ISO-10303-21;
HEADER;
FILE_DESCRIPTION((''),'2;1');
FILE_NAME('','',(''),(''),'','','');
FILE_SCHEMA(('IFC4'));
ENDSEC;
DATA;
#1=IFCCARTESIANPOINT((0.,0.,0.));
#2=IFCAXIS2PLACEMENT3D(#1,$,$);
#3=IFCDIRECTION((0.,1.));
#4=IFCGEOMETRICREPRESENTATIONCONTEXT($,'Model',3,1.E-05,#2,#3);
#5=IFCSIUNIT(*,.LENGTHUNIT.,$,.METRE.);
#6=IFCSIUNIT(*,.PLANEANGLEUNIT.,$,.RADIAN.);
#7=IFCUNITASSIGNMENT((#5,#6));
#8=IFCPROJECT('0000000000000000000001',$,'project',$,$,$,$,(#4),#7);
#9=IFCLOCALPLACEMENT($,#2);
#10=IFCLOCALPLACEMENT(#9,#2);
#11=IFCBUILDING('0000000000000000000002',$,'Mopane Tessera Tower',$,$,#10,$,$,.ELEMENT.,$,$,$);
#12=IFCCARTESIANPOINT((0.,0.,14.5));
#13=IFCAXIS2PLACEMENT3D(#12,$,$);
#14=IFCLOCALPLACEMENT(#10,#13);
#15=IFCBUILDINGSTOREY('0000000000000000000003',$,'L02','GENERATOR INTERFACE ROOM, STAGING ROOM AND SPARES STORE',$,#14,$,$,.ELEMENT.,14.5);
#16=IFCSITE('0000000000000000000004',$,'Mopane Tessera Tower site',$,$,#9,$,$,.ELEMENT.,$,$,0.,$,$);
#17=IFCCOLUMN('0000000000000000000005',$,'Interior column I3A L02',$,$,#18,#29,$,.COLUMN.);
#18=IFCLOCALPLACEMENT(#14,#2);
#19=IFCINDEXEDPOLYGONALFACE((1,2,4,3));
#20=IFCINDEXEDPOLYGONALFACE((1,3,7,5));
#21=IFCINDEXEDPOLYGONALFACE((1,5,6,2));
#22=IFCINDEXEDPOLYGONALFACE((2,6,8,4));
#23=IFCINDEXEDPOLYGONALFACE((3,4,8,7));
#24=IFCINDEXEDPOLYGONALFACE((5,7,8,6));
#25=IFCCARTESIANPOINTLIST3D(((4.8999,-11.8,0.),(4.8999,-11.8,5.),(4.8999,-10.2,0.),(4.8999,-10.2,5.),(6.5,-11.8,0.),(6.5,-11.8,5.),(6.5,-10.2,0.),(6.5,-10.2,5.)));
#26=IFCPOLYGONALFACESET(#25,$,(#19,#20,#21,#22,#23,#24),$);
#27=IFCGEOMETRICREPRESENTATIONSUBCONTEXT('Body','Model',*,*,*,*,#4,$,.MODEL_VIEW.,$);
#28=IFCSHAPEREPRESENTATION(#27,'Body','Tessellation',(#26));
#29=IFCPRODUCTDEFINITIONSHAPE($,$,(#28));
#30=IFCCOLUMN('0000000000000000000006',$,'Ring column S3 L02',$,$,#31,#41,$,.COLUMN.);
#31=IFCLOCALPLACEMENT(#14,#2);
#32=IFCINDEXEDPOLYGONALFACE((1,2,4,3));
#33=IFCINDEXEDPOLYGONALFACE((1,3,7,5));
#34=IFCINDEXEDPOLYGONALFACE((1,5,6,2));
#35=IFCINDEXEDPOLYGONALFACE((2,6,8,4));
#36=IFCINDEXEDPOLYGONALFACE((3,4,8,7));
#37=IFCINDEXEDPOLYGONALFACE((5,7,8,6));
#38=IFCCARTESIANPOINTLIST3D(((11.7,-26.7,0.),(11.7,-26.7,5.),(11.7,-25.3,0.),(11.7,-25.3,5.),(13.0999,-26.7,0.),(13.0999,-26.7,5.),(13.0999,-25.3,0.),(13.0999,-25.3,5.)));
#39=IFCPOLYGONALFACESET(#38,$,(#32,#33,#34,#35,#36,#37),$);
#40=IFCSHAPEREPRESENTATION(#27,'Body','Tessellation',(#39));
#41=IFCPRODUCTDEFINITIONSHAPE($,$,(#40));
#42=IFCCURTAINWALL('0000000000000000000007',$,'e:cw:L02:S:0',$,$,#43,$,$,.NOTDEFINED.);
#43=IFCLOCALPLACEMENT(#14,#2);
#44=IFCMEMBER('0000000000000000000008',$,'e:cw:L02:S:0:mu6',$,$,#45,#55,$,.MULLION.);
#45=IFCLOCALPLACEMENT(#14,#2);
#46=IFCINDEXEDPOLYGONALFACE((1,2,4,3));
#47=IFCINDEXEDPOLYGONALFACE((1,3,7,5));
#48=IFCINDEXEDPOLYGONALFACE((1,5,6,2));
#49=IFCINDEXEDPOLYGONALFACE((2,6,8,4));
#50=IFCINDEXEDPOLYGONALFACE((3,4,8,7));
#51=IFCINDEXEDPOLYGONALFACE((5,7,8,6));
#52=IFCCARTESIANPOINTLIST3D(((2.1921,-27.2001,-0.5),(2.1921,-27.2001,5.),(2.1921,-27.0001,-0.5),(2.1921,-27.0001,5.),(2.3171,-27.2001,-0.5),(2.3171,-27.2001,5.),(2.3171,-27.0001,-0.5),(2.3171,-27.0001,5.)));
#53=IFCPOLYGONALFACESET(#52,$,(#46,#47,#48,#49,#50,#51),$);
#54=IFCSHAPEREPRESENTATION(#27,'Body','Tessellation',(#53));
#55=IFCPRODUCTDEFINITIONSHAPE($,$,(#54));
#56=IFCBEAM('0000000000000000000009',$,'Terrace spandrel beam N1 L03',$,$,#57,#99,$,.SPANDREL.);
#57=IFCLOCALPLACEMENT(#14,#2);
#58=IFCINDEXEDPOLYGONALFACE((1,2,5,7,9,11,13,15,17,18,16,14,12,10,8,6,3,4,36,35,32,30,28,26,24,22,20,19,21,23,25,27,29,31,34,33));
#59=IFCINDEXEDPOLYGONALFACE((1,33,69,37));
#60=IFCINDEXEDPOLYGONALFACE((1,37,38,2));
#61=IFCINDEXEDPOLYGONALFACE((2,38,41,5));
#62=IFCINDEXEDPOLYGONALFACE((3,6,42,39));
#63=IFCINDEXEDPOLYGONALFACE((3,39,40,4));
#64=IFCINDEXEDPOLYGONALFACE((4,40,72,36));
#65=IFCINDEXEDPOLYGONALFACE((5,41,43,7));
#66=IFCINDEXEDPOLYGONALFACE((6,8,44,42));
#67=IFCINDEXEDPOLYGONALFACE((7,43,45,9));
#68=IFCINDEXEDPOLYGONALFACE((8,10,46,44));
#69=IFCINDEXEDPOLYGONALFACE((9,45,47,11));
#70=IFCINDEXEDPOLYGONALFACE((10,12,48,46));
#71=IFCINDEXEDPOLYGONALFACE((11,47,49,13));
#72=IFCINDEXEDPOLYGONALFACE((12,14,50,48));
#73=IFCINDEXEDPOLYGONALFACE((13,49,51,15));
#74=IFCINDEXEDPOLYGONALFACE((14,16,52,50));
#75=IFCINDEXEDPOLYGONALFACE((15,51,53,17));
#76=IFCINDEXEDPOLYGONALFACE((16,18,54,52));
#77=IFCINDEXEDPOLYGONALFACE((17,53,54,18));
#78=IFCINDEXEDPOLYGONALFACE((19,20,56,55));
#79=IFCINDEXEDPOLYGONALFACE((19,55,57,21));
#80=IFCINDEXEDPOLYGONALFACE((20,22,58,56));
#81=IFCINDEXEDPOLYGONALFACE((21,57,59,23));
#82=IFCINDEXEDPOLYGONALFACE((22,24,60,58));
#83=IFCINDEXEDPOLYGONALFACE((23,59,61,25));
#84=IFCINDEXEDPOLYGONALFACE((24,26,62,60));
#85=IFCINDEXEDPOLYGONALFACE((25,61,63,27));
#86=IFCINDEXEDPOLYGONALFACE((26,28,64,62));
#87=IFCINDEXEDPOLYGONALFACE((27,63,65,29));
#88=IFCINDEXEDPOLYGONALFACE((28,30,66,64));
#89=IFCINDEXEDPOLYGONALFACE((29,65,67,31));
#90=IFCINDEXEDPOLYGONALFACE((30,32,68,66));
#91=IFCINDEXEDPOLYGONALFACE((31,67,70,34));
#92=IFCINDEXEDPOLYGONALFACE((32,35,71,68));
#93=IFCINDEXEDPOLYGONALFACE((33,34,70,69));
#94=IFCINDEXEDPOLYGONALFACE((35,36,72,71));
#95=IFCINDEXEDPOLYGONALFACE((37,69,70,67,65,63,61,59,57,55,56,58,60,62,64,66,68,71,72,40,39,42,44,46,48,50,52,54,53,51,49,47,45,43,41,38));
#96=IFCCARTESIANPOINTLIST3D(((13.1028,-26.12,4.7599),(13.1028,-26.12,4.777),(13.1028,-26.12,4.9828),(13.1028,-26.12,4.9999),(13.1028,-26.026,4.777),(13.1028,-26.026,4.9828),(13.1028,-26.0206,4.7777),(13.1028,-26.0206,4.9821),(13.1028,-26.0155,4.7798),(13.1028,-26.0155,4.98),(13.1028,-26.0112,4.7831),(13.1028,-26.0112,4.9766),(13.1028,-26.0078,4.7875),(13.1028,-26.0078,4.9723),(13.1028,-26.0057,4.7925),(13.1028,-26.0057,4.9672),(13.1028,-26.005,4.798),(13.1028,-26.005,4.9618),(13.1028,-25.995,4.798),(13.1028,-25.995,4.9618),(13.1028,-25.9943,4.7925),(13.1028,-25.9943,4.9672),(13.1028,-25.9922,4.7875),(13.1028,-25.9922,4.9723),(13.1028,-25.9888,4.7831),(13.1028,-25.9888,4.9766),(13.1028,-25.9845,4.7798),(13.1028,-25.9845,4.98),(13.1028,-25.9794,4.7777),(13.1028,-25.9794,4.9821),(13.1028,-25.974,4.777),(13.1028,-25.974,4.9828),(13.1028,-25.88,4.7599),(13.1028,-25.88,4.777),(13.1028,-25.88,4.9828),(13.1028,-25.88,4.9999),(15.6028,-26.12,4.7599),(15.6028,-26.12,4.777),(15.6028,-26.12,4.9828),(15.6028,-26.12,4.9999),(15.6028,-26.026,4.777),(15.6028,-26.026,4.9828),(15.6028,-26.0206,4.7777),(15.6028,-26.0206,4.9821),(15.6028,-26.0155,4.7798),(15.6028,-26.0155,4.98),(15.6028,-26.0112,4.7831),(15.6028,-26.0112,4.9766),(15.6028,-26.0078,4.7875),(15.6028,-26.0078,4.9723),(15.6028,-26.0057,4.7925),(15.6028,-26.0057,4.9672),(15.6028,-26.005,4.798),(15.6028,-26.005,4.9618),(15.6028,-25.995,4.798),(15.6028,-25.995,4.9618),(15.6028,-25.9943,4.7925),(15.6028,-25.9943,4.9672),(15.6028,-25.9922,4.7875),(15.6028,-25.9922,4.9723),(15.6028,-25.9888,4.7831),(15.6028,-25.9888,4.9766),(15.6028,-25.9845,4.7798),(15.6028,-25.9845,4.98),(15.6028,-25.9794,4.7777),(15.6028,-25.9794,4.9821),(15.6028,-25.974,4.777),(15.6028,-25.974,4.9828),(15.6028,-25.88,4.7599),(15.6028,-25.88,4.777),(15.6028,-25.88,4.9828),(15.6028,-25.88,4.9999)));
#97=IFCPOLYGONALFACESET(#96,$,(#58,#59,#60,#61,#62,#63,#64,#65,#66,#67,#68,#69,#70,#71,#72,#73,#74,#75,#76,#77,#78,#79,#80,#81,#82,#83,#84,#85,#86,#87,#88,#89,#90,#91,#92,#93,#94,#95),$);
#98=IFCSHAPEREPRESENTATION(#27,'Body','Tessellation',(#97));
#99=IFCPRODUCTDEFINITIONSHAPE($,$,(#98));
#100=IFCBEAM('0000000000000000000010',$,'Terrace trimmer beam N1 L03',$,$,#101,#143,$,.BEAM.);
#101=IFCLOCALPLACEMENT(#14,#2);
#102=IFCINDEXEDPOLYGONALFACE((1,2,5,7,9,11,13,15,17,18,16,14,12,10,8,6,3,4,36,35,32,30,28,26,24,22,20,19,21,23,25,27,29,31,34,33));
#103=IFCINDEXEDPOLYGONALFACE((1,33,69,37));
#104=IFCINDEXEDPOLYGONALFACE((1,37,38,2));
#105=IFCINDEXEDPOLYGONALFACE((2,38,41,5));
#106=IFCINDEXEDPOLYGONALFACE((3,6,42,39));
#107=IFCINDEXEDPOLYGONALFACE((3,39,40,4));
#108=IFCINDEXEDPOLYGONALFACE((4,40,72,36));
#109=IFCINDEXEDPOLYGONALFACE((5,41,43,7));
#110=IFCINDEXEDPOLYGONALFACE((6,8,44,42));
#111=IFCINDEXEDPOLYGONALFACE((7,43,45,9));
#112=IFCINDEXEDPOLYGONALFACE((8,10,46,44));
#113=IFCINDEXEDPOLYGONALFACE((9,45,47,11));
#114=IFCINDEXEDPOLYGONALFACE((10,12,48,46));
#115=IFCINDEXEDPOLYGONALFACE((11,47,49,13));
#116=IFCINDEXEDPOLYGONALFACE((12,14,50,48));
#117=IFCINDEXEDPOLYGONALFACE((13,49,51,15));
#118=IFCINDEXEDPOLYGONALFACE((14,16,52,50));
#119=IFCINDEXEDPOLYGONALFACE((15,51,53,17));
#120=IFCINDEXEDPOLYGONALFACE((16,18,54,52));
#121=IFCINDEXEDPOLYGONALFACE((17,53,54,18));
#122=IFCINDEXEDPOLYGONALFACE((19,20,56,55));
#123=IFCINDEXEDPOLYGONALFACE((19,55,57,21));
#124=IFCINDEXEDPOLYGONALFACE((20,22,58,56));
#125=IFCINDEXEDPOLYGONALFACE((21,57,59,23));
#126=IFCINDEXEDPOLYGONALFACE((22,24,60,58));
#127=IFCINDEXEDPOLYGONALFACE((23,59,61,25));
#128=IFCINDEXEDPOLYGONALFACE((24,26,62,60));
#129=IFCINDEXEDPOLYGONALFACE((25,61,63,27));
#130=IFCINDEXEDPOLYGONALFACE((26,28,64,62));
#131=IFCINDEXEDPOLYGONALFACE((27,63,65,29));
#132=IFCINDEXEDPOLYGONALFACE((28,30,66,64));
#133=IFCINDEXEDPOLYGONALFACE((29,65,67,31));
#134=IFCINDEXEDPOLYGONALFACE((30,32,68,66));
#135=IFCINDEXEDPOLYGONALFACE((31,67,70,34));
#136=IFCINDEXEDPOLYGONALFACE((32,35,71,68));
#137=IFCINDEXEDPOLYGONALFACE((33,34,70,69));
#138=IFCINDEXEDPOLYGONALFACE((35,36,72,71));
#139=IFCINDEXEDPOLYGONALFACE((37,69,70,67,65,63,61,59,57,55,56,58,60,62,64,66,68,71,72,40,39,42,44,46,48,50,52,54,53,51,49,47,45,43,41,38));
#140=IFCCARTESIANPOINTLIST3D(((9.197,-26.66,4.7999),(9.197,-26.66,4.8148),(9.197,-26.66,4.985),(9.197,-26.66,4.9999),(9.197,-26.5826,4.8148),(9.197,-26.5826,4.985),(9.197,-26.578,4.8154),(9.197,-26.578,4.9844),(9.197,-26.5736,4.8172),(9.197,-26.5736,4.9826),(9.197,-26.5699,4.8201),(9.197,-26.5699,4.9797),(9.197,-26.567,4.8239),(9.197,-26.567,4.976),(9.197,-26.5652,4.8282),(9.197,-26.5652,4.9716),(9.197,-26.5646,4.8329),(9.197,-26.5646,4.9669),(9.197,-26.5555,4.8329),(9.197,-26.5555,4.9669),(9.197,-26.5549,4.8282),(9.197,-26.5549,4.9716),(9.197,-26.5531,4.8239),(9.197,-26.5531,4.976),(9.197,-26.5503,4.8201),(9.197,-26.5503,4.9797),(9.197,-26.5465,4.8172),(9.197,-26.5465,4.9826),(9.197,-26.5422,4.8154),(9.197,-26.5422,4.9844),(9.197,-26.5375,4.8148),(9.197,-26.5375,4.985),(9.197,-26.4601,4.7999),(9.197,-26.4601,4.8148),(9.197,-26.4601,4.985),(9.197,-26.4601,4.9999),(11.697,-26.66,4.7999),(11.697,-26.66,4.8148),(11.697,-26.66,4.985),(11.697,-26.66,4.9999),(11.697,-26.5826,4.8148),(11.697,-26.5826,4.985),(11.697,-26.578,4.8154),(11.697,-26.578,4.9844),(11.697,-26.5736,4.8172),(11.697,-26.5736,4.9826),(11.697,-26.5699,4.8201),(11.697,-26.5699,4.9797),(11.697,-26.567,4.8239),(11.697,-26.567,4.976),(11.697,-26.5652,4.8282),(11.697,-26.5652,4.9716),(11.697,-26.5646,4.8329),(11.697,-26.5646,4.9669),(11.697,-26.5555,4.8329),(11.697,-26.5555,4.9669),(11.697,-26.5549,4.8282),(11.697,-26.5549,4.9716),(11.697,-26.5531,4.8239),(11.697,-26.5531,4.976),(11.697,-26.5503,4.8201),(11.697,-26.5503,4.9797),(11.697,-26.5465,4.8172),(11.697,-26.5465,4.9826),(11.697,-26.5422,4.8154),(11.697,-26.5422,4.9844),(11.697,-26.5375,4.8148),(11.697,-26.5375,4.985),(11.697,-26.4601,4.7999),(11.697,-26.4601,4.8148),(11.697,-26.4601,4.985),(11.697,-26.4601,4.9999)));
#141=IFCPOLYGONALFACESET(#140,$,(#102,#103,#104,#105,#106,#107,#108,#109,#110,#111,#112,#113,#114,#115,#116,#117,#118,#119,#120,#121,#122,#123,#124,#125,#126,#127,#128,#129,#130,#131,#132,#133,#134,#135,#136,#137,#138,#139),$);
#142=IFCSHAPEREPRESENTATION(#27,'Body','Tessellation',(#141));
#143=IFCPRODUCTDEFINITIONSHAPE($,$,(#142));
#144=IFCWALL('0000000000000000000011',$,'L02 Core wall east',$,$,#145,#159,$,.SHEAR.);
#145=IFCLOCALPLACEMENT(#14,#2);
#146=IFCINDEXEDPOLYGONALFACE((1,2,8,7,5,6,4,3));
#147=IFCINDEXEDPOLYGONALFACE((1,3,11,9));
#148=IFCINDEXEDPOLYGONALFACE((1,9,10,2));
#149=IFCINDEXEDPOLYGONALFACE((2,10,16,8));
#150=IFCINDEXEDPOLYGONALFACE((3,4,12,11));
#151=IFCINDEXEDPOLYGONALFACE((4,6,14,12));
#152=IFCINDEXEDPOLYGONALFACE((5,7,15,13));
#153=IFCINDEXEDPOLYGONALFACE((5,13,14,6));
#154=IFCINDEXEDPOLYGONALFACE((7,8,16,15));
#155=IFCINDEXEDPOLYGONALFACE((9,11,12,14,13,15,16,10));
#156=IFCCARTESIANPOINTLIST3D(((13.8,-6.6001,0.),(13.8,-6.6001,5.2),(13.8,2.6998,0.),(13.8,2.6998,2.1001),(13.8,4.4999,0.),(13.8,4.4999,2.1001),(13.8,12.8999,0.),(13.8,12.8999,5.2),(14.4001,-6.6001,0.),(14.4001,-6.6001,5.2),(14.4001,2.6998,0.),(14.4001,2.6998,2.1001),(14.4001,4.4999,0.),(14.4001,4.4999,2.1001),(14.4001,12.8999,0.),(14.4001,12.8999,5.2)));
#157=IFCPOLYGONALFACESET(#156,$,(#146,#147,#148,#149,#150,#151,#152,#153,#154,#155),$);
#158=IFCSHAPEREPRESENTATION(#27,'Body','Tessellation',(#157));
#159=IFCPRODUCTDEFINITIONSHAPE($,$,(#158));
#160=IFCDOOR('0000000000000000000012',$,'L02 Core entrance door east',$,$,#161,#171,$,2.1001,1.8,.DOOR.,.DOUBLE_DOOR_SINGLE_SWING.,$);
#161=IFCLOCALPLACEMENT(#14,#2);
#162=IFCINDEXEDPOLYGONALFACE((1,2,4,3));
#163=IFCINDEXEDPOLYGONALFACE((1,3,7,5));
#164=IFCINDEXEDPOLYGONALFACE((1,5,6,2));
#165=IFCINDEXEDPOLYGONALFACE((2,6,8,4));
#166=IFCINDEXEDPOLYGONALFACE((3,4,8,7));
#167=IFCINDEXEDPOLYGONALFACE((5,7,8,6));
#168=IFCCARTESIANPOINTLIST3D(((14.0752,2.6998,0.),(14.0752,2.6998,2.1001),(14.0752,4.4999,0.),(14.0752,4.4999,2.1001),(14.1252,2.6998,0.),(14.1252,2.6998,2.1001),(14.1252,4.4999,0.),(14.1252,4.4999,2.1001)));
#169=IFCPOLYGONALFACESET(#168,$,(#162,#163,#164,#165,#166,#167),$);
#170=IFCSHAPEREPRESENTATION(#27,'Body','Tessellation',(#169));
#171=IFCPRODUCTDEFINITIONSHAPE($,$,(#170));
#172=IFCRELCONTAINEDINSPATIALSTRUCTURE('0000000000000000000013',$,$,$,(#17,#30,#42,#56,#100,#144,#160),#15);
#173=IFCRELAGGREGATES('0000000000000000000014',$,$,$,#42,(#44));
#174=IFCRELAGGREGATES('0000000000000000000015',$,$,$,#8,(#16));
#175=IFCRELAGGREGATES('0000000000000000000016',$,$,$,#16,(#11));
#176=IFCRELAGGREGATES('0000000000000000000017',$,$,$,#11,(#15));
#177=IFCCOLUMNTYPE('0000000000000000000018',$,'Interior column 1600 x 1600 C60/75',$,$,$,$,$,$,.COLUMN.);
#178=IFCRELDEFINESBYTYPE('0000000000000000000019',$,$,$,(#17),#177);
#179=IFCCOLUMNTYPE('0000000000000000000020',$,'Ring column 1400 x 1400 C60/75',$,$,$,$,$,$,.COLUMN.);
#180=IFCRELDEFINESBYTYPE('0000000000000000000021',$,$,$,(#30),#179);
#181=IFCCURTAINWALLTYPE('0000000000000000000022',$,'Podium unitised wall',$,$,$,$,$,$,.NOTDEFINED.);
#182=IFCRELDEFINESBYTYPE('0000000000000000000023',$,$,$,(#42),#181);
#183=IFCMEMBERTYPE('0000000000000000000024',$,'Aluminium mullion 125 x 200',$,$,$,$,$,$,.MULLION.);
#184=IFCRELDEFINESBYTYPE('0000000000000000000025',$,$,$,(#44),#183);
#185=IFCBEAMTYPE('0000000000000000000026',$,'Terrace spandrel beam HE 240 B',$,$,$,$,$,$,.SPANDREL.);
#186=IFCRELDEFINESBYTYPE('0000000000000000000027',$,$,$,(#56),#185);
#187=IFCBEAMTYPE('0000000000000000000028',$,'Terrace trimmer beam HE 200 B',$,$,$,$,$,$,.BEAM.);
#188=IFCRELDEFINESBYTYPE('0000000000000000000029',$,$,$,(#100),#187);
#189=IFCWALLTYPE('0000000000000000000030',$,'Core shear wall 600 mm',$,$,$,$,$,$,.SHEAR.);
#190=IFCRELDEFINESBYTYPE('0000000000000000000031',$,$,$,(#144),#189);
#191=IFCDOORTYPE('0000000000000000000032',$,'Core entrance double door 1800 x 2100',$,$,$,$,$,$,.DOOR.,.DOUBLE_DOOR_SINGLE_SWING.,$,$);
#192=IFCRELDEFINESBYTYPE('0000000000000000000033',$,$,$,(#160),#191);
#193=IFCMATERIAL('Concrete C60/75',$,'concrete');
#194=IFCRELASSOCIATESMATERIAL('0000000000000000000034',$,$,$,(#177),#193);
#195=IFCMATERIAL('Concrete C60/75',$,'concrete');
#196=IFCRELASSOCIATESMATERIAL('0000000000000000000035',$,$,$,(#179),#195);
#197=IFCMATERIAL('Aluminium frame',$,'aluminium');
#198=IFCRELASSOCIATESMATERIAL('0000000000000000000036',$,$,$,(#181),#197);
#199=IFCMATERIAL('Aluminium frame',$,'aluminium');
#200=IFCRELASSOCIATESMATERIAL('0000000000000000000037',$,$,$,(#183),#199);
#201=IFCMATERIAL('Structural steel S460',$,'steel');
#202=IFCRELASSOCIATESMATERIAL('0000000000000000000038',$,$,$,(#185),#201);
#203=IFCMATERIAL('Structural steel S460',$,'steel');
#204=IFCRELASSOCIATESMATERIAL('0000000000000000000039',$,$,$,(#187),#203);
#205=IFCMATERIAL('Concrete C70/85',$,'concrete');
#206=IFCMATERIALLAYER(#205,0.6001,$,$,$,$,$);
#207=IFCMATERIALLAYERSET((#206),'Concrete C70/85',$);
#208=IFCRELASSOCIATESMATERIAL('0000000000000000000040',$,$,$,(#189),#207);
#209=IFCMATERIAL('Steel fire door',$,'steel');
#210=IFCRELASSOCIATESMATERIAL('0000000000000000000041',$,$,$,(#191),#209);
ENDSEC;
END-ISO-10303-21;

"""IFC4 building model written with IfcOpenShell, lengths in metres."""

from ifc_helpers import new_model, si_unit, direction, frame, frame_2d, origin, origin_2d, place, context, subcontext, project, spatial, rectangle, i_section, extrude, material, layer, layer_set, material_profile, profile_set, type_object, element, fill, aggregate, save


model = new_model("IFC4")

# Units and contexts
model_context = context("Model", 3, precision=1e-05, world=origin(), true_north=direction((0.0, 1.0)))
body_context = subcontext(model_context, "Body", "Model", "MODEL_VIEW")
ifc_project = project(units=[si_unit("LENGTHUNIT", "METRE"), si_unit("PLANEANGLEUNIT", "RADIAN")], contexts=[model_context])

# Site, building, storey
site_placement = place(None, origin())
site = spatial("IfcSite", under=ifc_project, at=site_placement, Name="Mopane Tessera Tower site", CompositionType="ELEMENT", RefElevation=0.0)
building_placement = place(site_placement, origin())
building = spatial("IfcBuilding", under=site, at=building_placement, Name="Mopane Tessera Tower", CompositionType="ELEMENT")
storey_placement = place(building_placement, frame((0.0, 0.0, 14.5)))
storey = spatial("IfcBuildingStorey", under=building, at=storey_placement, Name="L02", Description="GENERATOR INTERFACE ROOM, STAGING ROOM AND SPARES STORE", CompositionType="ELEMENT", Elevation=14.5)

# Columns
ifc_material_1 = material(Name="Concrete C60/75", Category="concrete")
ifc_material_profile_1 = material_profile(ifc_material_1, rectangle(XDim=1.6001, YDim=1.6001, at=origin_2d()))
ifc_profile_set_1 = profile_set([ifc_material_profile_1], Name="Concrete C60/75")
column_type_1 = type_object("IfcColumnType", Name="Interior column 1600 x 1600 C60/75", PredefinedType="COLUMN", material=ifc_profile_set_1)
column_1_placement = place(storey_placement, frame((5.7, -11.0, 0.0), z_axis=(0.0, 0.0, 1.0), x_axis=(1.0, 0.0, 0.0)))
element("IfcColumn", 1, at=column_1_placement, inside=storey, type_object=column_type_1, Name="Interior column I3A L02", PredefinedType="COLUMN", context=body_context, shape_type="SweptSolid", body=[
    extrude(rectangle(XDim=1.6001, YDim=1.6001, at=origin_2d()), origin(), (0.0, 0.0, 1.0), 5.0),
])
ifc_material_2 = material(Name="Concrete C60/75", Category="concrete")
ifc_material_profile_2 = material_profile(ifc_material_2, rectangle(XDim=1.3999, YDim=1.3999, at=origin_2d()))
ifc_profile_set_2 = profile_set([ifc_material_profile_2], Name="Concrete C60/75")
column_type_2 = type_object("IfcColumnType", Name="Ring column 1400 x 1400 C60/75", PredefinedType="COLUMN", material=ifc_profile_set_2)
column_2_placement = place(storey_placement, frame((12.3999, -26.0, 0.0), z_axis=(0.0, 0.0, 1.0), x_axis=(1.0, 0.0, 0.0)))
element("IfcColumn", 2, at=column_2_placement, inside=storey, type_object=column_type_2, Name="Ring column S3 L02", PredefinedType="COLUMN", context=body_context, shape_type="SweptSolid", body=[
    extrude(rectangle(XDim=1.3999, YDim=1.3999, at=origin_2d()), origin(), (0.0, 0.0, 1.0), 5.0),
])

# Curtain wall, member
ifc_material_3 = material(Name="Aluminium frame", Category="aluminium")
curtain_wall_type = type_object("IfcCurtainWallType", Name="Podium unitised wall", PredefinedType="NOTDEFINED", material=ifc_material_3)
curtain_wall_placement = place(storey_placement, origin())
curtain_wall = element("IfcCurtainWall", 3, at=curtain_wall_placement, inside=storey, type_object=curtain_wall_type, Name="e:cw:L02:S:0", PredefinedType="NOTDEFINED")
ifc_material_4 = material(Name="Aluminium frame", Category="aluminium")
ifc_material_profile_3 = material_profile(ifc_material_4, rectangle(XDim=0.125, YDim=0.2, at=origin_2d()))
ifc_profile_set_3 = profile_set([ifc_material_profile_3], Name="Aluminium frame")
member_type = type_object("IfcMemberType", Name="Aluminium mullion 125 x 200", PredefinedType="MULLION", material=ifc_profile_set_3)
member_placement = place(storey_placement, frame((2.2546, -27.1001, -0.5), z_axis=(0.0, 0.0, 1.0), x_axis=(1.0, 0.0, 0.0)))
member = element("IfcMember", 4, at=member_placement, type_object=member_type, Name="e:cw:L02:S:0:mu6", PredefinedType="MULLION", context=body_context, shape_type="SweptSolid", body=[
    extrude(rectangle(XDim=0.125, YDim=0.2, at=origin_2d()), origin(), (0.0, 0.0, 1.0), 5.5),
])
aggregate(curtain_wall, [member])

# Beams
ifc_material_5 = material(Name="Structural steel S460", Category="steel")
ifc_material_profile_4 = material_profile(ifc_material_5, i_section(OverallWidth=0.24, OverallDepth=0.24, WebThickness=0.01, FlangeThickness=0.0171, FilletRadius=0.021, at=origin_2d()))
ifc_profile_set_4 = profile_set([ifc_material_profile_4], Name="Structural steel S460")
beam_type_1 = type_object("IfcBeamType", Name="Terrace spandrel beam HE 240 B", PredefinedType="SPANDREL", material=ifc_profile_set_4)
beam_1_placement = place(storey_placement, frame((13.1028, -26.0, 4.8799), z_axis=(1.0, 0.0, 0.0), x_axis=(0.0, 1.0, 0.0)))
element("IfcBeam", 5, at=beam_1_placement, inside=storey, type_object=beam_type_1, Name="Terrace spandrel beam N1 L03", PredefinedType="SPANDREL", context=body_context, shape_type="SweptSolid", body=[
    extrude(i_section(OverallWidth=0.24, OverallDepth=0.24, WebThickness=0.01, FlangeThickness=0.0171, FilletRadius=0.021, at=origin_2d()), origin(), (0.0, 0.0, 1.0), 2.5),
])
ifc_material_6 = material(Name="Structural steel S460", Category="steel")
ifc_material_profile_5 = material_profile(ifc_material_6, i_section(OverallWidth=0.2, OverallDepth=0.2, WebThickness=0.009, FlangeThickness=0.0149, FilletRadius=0.0181, at=origin_2d()))
ifc_profile_set_5 = profile_set([ifc_material_profile_5], Name="Structural steel S460")
beam_type_2 = type_object("IfcBeamType", Name="Terrace trimmer beam HE 200 B", PredefinedType="BEAM", material=ifc_profile_set_5)
beam_2_placement = place(storey_placement, frame((11.697, -26.5601, 4.8999), z_axis=(-1.0, 0.0, 0.0), x_axis=(0.0, -1.0, 0.0)))
element("IfcBeam", 6, at=beam_2_placement, inside=storey, type_object=beam_type_2, Name="Terrace trimmer beam N1 L03", PredefinedType="BEAM", context=body_context, shape_type="SweptSolid", body=[
    extrude(i_section(OverallWidth=0.2, OverallDepth=0.2, WebThickness=0.009, FlangeThickness=0.0149, FilletRadius=0.0181, at=origin_2d()), origin(), (0.0, 0.0, 1.0), 2.5),
])

# Wall, opening, door
ifc_material_7 = material(Name="Concrete C70/85", Category="concrete")
ifc_layer_1 = layer(ifc_material_7, 0.6001)
ifc_layer_set_1 = layer_set([ifc_layer_1], Name="Concrete C70/85")
wall_type_1 = type_object("IfcWallType", Name="Core shear wall 600 mm", PredefinedType="SHEAR", material=ifc_layer_set_1)
wall_1_placement = place(storey_placement, frame((14.1001, -6.6001, 0.0), z_axis=(0.0, 0.0, 1.0), x_axis=(0.0, 1.0, 0.0)))
wall_1 = element("IfcWall", 7, at=wall_1_placement, inside=storey, type_object=wall_type_1, Name="L02 Core wall east", PredefinedType="SHEAR", context=body_context, shape_type="SweptSolid", body=[
    extrude(rectangle(XDim=19.5, YDim=0.6001, at=frame_2d((9.75, 0.0))), origin(), (0.0, 0.0, 1.0), 5.2),
])
opening_1_placement = place(wall_1_placement, frame((9.3, 0.0, 0.0)))
opening_1 = element("IfcOpeningElement", 8, at=opening_1_placement, cuts=wall_1, PredefinedType="OPENING", context=body_context, shape_type="SweptSolid", body=[
    extrude(rectangle(XDim=1.8, YDim=2.1001, at=frame_2d((0.8999, 1.05))), frame((0.0, 0.312, 0.0), z_axis=(0.0, -1.0, 0.0), x_axis=(1.0, 0.0, 0.0)), (0.0, 0.0, 1.0), 0.624),
])
ifc_material_8 = material(Name="Steel fire door", Category="steel")
door_type_1 = type_object("IfcDoorType", Name="Core entrance double door 1800 x 2100", OperationType="DOUBLE_DOOR_SINGLE_SWING", PredefinedType="DOOR", material=ifc_material_8)
door_1_placement = place(opening_1_placement, origin())
door_1 = element("IfcDoor", 9, at=door_1_placement, inside=storey, type_object=door_type_1, Name="L02 Core entrance door east", OperationType="DOUBLE_DOOR_SINGLE_SWING", OverallHeight=2.1001, OverallWidth=1.8, PredefinedType="DOOR", context=body_context, shape_type="SweptSolid", body=[
    extrude(rectangle(XDim=1.8, YDim=2.1001, at=frame_2d((0.8999, 1.05))), frame((0.0, 0.0249, 0.0), z_axis=(0.0, -1.0, 0.0), x_axis=(1.0, 0.0, 0.0)), (0.0, 0.0, 1.0), 0.05),
])
fill(opening_1, door_1)

save(model, "model.ifc")
